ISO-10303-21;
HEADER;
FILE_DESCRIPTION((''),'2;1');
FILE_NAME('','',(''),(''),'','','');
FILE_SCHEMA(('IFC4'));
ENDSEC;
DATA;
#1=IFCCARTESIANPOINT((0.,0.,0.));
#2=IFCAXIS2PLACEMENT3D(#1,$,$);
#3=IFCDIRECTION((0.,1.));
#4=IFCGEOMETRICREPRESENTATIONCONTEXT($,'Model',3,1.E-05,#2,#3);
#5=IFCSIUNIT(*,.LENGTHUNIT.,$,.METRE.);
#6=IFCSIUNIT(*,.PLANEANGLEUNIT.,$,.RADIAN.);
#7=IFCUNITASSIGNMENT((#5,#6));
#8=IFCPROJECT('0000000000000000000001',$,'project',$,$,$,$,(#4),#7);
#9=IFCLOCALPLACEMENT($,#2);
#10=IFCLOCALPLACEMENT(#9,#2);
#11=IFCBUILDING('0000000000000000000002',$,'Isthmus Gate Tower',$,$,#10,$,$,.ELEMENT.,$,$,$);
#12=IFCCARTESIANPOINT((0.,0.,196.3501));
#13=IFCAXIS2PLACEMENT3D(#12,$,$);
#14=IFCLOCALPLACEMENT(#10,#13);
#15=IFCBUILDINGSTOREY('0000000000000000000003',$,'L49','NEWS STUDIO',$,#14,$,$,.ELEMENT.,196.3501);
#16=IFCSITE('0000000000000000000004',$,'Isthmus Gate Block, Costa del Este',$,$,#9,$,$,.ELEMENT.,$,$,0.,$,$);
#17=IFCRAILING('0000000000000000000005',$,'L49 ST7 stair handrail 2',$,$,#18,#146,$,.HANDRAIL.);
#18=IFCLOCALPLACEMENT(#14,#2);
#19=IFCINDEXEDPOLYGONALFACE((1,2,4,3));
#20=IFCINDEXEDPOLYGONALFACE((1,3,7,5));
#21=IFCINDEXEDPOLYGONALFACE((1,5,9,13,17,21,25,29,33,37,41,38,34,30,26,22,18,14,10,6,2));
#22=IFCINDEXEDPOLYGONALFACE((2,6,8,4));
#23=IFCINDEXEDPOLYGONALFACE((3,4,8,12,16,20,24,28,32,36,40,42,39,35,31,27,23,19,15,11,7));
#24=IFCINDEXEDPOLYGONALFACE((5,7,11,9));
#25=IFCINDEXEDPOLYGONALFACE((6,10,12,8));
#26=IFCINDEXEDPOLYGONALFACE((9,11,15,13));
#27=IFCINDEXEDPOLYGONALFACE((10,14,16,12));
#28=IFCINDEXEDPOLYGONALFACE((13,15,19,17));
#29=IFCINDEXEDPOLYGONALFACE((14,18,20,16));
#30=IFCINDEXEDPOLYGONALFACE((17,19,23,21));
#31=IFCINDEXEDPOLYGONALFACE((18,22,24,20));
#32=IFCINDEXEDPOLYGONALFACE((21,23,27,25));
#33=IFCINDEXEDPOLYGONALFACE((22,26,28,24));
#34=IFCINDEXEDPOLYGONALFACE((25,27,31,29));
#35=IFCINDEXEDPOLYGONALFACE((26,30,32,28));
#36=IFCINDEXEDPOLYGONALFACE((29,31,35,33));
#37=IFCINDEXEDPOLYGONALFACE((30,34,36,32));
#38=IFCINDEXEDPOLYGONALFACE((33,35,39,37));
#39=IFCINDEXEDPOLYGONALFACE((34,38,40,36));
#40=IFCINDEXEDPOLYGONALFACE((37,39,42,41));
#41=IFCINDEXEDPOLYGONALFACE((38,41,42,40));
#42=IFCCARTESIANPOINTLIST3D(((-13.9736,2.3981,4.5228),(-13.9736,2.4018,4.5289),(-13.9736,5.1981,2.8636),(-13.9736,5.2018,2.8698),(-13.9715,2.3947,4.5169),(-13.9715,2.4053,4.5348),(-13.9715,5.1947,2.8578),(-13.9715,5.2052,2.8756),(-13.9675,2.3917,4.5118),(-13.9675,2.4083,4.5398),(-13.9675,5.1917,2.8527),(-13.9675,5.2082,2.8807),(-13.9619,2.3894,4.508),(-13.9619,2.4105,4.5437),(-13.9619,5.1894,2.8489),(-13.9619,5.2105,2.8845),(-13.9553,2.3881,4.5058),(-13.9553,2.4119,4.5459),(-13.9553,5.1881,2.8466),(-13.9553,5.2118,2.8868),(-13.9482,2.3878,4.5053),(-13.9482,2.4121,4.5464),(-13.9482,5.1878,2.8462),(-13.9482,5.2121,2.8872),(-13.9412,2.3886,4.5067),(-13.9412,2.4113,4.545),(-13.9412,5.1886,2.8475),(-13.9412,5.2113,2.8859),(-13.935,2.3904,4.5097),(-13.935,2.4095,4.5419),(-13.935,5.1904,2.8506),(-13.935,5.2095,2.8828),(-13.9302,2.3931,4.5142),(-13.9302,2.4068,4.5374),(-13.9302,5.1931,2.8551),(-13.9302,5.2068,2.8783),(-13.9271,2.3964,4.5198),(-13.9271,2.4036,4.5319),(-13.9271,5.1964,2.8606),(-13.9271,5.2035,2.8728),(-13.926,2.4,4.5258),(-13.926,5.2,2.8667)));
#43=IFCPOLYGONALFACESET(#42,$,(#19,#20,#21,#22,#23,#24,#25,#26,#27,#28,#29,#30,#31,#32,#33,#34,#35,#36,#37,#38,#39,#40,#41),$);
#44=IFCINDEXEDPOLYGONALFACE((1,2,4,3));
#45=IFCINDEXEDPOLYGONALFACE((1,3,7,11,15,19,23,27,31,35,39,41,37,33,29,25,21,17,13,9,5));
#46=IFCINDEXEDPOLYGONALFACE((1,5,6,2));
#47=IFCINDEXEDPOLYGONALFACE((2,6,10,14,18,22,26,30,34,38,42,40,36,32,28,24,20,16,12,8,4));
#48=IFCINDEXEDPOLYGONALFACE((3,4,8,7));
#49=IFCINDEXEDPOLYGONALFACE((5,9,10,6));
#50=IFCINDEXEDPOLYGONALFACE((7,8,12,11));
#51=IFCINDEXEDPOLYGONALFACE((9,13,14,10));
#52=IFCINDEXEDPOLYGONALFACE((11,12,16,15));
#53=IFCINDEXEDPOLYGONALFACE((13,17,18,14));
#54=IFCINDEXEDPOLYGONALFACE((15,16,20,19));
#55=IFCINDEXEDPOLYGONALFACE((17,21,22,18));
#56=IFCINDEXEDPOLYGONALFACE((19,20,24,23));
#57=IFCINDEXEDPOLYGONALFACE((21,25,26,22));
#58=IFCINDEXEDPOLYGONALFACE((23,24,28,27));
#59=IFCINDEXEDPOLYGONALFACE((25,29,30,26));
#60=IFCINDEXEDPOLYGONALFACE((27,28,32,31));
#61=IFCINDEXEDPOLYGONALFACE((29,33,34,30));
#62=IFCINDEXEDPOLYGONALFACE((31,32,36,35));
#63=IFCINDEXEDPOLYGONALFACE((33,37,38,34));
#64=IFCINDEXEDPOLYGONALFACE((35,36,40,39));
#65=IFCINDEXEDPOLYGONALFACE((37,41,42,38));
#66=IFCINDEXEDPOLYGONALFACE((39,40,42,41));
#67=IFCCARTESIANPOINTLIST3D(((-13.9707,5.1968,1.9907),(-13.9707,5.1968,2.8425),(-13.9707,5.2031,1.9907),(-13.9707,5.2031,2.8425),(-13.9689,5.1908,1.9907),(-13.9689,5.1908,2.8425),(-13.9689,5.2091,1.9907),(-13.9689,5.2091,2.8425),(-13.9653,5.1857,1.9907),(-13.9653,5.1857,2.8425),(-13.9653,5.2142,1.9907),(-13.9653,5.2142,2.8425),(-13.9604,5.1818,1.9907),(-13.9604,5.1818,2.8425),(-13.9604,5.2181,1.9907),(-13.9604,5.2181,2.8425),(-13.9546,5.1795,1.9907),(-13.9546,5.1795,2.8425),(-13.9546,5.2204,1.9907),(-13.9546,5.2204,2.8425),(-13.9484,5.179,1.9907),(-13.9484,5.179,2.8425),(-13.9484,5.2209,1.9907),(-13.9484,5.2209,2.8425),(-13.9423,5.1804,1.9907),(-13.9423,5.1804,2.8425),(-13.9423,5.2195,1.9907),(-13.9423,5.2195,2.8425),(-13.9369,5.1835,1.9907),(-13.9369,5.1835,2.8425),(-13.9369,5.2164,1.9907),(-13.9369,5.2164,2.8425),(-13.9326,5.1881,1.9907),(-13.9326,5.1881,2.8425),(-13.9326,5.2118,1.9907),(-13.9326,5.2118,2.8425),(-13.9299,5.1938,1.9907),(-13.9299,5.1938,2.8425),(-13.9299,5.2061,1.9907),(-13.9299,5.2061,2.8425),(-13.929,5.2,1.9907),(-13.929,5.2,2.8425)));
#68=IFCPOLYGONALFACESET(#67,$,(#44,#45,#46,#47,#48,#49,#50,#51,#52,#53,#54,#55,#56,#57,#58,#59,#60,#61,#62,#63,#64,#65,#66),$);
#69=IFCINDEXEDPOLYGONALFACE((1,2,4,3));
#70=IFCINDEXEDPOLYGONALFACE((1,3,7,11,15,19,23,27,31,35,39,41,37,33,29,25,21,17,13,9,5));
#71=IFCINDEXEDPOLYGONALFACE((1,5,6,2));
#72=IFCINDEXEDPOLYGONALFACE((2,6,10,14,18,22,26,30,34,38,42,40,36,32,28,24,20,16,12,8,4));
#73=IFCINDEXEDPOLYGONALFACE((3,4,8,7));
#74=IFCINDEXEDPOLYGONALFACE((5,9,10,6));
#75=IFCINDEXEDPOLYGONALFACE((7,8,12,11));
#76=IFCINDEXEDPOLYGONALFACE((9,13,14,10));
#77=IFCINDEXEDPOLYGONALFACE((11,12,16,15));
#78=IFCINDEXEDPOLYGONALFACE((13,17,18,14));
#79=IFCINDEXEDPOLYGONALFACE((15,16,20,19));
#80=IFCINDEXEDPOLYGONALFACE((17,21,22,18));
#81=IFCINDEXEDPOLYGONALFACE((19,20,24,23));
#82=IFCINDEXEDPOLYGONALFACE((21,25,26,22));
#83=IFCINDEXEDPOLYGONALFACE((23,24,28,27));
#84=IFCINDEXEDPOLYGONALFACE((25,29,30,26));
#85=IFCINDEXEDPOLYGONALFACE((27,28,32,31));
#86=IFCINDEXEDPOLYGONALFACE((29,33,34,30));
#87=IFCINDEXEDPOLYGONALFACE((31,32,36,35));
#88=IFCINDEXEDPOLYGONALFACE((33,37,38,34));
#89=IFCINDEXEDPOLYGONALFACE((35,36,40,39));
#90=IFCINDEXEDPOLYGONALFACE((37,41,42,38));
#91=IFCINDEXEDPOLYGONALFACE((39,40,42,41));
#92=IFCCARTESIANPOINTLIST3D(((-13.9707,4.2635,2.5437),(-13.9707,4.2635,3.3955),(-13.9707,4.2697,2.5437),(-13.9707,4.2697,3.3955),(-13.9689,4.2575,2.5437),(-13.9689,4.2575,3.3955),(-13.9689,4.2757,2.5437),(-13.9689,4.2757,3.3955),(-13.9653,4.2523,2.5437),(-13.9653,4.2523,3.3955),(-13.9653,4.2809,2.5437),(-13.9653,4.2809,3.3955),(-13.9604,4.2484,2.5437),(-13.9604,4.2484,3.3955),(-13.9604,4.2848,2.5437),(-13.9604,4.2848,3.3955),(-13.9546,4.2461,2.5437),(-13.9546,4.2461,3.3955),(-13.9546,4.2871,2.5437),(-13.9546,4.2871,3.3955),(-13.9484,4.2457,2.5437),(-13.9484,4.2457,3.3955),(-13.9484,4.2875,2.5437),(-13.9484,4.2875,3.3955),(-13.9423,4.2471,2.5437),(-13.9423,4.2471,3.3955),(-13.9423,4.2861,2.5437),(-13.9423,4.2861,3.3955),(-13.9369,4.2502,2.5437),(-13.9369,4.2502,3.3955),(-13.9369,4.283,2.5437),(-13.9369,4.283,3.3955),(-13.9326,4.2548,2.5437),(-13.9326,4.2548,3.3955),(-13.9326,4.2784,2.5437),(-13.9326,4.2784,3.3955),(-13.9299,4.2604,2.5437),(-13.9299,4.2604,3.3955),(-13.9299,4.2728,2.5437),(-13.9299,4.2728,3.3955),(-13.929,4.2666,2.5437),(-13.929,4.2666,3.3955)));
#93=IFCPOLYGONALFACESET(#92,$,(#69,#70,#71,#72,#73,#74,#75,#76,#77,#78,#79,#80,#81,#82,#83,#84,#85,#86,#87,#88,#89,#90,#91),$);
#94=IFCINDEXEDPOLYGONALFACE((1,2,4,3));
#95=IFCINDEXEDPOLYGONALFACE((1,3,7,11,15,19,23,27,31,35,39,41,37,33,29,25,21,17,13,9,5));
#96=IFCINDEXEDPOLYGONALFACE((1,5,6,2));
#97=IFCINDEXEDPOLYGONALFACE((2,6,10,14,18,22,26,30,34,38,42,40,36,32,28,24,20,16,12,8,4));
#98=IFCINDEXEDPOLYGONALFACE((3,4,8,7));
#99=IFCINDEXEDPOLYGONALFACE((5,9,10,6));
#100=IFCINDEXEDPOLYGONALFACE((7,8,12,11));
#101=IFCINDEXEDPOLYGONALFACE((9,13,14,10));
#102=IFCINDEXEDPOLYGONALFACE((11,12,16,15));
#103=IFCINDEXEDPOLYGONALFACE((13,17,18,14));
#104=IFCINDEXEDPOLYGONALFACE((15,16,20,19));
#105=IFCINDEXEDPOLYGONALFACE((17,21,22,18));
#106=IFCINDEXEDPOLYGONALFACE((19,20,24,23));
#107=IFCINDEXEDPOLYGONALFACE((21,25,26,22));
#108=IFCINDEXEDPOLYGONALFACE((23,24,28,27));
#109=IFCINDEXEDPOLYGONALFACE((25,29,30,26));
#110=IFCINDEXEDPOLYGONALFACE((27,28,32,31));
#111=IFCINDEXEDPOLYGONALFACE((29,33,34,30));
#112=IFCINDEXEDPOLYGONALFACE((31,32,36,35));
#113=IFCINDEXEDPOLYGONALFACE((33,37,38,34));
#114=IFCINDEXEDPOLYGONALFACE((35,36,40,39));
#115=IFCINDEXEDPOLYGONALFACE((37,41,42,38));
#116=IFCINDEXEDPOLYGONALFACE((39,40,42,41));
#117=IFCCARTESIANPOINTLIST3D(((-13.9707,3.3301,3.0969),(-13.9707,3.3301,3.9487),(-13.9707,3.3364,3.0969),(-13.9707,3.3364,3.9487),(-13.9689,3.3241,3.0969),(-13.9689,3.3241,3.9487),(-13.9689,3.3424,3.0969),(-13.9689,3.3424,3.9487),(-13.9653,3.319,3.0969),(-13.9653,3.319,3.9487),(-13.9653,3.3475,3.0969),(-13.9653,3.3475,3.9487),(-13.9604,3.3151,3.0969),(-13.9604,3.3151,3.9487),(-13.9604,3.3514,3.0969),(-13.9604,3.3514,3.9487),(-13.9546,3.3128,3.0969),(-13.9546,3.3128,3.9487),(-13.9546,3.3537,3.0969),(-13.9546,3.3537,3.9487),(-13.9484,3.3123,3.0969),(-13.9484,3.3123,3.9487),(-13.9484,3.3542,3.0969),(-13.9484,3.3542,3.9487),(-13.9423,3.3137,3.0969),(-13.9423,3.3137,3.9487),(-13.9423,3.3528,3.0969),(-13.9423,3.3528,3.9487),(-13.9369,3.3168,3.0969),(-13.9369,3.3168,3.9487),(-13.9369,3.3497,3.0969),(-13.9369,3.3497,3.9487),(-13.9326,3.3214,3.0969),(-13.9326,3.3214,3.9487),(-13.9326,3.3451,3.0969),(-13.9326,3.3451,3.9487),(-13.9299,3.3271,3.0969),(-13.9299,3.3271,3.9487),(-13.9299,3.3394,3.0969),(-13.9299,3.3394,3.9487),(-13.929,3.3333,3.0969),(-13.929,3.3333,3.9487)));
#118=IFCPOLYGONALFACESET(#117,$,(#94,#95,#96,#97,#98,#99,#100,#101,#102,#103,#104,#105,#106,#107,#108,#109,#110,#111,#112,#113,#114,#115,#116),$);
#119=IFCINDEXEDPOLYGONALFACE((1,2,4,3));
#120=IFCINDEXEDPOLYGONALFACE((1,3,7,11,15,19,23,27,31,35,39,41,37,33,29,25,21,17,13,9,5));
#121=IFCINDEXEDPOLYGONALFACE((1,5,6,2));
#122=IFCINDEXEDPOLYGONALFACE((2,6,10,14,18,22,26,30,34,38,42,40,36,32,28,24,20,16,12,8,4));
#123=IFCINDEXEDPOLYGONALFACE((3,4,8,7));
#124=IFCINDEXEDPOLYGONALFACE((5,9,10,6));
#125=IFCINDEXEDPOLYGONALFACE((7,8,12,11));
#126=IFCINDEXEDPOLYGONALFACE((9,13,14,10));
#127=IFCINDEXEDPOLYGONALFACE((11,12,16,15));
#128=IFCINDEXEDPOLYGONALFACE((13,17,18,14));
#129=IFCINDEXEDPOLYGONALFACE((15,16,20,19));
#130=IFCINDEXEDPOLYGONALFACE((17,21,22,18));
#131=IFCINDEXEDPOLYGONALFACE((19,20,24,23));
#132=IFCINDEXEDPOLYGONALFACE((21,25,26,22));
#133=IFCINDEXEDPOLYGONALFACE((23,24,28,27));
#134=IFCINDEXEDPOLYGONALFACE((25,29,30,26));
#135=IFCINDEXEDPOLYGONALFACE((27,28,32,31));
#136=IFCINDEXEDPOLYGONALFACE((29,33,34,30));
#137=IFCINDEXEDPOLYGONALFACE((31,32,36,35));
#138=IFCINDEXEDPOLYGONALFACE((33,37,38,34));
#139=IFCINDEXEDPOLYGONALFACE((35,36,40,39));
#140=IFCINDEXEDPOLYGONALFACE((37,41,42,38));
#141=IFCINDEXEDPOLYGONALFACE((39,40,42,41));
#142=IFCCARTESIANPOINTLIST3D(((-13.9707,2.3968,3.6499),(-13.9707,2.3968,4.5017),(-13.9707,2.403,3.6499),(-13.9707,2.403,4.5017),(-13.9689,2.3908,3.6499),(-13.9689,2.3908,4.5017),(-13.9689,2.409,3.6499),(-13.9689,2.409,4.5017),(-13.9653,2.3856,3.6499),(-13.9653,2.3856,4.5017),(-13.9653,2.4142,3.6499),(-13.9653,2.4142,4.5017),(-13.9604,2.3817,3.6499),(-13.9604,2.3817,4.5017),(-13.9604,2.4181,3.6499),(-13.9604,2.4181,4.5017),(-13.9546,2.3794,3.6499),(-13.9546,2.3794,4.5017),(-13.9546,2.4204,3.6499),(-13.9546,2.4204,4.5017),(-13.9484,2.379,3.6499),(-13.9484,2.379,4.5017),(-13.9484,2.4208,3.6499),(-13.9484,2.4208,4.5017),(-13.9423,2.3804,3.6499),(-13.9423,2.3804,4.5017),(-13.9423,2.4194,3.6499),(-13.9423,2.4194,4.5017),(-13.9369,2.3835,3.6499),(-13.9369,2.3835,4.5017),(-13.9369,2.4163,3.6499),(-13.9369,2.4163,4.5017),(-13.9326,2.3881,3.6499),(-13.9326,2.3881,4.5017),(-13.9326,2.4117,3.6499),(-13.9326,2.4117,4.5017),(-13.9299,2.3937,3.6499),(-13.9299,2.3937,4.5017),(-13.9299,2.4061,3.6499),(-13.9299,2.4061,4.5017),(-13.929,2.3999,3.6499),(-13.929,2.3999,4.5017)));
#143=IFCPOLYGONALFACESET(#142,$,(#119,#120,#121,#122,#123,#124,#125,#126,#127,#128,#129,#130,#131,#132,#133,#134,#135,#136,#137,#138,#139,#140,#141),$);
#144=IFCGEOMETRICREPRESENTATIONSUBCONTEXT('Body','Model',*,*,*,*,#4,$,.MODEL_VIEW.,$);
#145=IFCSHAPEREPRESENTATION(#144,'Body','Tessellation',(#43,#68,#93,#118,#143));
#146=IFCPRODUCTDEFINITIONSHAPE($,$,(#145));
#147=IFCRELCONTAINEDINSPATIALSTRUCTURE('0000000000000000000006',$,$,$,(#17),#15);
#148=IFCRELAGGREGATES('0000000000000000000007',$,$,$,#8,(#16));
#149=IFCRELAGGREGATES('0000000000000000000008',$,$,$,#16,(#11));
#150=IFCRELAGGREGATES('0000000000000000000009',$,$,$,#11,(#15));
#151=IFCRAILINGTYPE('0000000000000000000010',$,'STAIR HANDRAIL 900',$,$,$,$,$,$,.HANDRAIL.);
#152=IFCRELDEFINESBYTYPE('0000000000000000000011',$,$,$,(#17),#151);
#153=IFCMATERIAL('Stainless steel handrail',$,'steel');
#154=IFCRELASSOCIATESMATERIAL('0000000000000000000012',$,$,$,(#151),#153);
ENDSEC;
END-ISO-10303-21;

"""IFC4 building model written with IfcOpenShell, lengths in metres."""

from ifc_helpers import new_model, si_unit, direction, frame, origin, origin_2d, place, context, subcontext, project, spatial, circle, extrude, material, type_object, element, save


model = new_model("IFC4")

# Units and contexts
model_context = context("Model", 3, precision=1e-05, world=origin(), true_north=direction((0.0, 1.0)))
body_context = subcontext(model_context, "Body", "Model", "MODEL_VIEW")
ifc_project = project(units=[si_unit("LENGTHUNIT", "METRE"), si_unit("PLANEANGLEUNIT", "RADIAN")], contexts=[model_context])

# Site, building, storey
site_placement = place(None, origin())
site = spatial("IfcSite", under=ifc_project, at=site_placement, Name="Isthmus Gate Block, Costa del Este", CompositionType="ELEMENT", RefElevation=0.0)
building_placement = place(site_placement, origin())
building = spatial("IfcBuilding", under=site, at=building_placement, Name="Isthmus Gate Tower", CompositionType="ELEMENT")
storey_placement = place(building_placement, frame((0.0, 0.0, 196.3501)))
storey = spatial("IfcBuildingStorey", under=building, at=storey_placement, Name="L49", Description="NEWS STUDIO", CompositionType="ELEMENT", Elevation=196.3501)

# Railing
ifc_material_1 = material(Name="Stainless steel handrail", Category="steel")
railing_type = type_object("IfcRailingType", Name="STAIR HANDRAIL 900", PredefinedType="HANDRAIL", material=ifc_material_1)
for number, where, name in (
    (1, (-13.95, 5.2, 1.9907), "L49 ST7 stair handrail 2"),
):
    element("IfcRailing", number, at=place(storey_placement, frame(where)), inside=storey, type_object=railing_type, Name=name, PredefinedType="HANDRAIL", context=body_context, shape_type="SweptSolid", body=[
        extrude(circle(Radius=0.0239, at=origin_2d()), frame((0.0, 0.0, 0.876), z_axis=(0.0, -0.860306, 0.509778), x_axis=(1.0, 0.0, 0.0)), (0.0, 0.0, 1.0), 3.2546),
        extrude(circle(Radius=0.021, at=origin_2d()), origin(), (0.0, 0.0, 1.0), 0.8518),
        extrude(circle(Radius=0.021, at=origin_2d()), frame((0.0, -0.9333, 0.553)), (0.0, 0.0, 1.0), 0.8518),
        extrude(circle(Radius=0.021, at=origin_2d()), frame((0.0, -1.8667, 1.1062)), (0.0, 0.0, 1.0), 0.8518),
        extrude(circle(Radius=0.021, at=origin_2d()), frame((0.0, -2.8, 1.6592)), (0.0, 0.0, 1.0), 0.8518),
    ])

save(model, "model.ifc")
